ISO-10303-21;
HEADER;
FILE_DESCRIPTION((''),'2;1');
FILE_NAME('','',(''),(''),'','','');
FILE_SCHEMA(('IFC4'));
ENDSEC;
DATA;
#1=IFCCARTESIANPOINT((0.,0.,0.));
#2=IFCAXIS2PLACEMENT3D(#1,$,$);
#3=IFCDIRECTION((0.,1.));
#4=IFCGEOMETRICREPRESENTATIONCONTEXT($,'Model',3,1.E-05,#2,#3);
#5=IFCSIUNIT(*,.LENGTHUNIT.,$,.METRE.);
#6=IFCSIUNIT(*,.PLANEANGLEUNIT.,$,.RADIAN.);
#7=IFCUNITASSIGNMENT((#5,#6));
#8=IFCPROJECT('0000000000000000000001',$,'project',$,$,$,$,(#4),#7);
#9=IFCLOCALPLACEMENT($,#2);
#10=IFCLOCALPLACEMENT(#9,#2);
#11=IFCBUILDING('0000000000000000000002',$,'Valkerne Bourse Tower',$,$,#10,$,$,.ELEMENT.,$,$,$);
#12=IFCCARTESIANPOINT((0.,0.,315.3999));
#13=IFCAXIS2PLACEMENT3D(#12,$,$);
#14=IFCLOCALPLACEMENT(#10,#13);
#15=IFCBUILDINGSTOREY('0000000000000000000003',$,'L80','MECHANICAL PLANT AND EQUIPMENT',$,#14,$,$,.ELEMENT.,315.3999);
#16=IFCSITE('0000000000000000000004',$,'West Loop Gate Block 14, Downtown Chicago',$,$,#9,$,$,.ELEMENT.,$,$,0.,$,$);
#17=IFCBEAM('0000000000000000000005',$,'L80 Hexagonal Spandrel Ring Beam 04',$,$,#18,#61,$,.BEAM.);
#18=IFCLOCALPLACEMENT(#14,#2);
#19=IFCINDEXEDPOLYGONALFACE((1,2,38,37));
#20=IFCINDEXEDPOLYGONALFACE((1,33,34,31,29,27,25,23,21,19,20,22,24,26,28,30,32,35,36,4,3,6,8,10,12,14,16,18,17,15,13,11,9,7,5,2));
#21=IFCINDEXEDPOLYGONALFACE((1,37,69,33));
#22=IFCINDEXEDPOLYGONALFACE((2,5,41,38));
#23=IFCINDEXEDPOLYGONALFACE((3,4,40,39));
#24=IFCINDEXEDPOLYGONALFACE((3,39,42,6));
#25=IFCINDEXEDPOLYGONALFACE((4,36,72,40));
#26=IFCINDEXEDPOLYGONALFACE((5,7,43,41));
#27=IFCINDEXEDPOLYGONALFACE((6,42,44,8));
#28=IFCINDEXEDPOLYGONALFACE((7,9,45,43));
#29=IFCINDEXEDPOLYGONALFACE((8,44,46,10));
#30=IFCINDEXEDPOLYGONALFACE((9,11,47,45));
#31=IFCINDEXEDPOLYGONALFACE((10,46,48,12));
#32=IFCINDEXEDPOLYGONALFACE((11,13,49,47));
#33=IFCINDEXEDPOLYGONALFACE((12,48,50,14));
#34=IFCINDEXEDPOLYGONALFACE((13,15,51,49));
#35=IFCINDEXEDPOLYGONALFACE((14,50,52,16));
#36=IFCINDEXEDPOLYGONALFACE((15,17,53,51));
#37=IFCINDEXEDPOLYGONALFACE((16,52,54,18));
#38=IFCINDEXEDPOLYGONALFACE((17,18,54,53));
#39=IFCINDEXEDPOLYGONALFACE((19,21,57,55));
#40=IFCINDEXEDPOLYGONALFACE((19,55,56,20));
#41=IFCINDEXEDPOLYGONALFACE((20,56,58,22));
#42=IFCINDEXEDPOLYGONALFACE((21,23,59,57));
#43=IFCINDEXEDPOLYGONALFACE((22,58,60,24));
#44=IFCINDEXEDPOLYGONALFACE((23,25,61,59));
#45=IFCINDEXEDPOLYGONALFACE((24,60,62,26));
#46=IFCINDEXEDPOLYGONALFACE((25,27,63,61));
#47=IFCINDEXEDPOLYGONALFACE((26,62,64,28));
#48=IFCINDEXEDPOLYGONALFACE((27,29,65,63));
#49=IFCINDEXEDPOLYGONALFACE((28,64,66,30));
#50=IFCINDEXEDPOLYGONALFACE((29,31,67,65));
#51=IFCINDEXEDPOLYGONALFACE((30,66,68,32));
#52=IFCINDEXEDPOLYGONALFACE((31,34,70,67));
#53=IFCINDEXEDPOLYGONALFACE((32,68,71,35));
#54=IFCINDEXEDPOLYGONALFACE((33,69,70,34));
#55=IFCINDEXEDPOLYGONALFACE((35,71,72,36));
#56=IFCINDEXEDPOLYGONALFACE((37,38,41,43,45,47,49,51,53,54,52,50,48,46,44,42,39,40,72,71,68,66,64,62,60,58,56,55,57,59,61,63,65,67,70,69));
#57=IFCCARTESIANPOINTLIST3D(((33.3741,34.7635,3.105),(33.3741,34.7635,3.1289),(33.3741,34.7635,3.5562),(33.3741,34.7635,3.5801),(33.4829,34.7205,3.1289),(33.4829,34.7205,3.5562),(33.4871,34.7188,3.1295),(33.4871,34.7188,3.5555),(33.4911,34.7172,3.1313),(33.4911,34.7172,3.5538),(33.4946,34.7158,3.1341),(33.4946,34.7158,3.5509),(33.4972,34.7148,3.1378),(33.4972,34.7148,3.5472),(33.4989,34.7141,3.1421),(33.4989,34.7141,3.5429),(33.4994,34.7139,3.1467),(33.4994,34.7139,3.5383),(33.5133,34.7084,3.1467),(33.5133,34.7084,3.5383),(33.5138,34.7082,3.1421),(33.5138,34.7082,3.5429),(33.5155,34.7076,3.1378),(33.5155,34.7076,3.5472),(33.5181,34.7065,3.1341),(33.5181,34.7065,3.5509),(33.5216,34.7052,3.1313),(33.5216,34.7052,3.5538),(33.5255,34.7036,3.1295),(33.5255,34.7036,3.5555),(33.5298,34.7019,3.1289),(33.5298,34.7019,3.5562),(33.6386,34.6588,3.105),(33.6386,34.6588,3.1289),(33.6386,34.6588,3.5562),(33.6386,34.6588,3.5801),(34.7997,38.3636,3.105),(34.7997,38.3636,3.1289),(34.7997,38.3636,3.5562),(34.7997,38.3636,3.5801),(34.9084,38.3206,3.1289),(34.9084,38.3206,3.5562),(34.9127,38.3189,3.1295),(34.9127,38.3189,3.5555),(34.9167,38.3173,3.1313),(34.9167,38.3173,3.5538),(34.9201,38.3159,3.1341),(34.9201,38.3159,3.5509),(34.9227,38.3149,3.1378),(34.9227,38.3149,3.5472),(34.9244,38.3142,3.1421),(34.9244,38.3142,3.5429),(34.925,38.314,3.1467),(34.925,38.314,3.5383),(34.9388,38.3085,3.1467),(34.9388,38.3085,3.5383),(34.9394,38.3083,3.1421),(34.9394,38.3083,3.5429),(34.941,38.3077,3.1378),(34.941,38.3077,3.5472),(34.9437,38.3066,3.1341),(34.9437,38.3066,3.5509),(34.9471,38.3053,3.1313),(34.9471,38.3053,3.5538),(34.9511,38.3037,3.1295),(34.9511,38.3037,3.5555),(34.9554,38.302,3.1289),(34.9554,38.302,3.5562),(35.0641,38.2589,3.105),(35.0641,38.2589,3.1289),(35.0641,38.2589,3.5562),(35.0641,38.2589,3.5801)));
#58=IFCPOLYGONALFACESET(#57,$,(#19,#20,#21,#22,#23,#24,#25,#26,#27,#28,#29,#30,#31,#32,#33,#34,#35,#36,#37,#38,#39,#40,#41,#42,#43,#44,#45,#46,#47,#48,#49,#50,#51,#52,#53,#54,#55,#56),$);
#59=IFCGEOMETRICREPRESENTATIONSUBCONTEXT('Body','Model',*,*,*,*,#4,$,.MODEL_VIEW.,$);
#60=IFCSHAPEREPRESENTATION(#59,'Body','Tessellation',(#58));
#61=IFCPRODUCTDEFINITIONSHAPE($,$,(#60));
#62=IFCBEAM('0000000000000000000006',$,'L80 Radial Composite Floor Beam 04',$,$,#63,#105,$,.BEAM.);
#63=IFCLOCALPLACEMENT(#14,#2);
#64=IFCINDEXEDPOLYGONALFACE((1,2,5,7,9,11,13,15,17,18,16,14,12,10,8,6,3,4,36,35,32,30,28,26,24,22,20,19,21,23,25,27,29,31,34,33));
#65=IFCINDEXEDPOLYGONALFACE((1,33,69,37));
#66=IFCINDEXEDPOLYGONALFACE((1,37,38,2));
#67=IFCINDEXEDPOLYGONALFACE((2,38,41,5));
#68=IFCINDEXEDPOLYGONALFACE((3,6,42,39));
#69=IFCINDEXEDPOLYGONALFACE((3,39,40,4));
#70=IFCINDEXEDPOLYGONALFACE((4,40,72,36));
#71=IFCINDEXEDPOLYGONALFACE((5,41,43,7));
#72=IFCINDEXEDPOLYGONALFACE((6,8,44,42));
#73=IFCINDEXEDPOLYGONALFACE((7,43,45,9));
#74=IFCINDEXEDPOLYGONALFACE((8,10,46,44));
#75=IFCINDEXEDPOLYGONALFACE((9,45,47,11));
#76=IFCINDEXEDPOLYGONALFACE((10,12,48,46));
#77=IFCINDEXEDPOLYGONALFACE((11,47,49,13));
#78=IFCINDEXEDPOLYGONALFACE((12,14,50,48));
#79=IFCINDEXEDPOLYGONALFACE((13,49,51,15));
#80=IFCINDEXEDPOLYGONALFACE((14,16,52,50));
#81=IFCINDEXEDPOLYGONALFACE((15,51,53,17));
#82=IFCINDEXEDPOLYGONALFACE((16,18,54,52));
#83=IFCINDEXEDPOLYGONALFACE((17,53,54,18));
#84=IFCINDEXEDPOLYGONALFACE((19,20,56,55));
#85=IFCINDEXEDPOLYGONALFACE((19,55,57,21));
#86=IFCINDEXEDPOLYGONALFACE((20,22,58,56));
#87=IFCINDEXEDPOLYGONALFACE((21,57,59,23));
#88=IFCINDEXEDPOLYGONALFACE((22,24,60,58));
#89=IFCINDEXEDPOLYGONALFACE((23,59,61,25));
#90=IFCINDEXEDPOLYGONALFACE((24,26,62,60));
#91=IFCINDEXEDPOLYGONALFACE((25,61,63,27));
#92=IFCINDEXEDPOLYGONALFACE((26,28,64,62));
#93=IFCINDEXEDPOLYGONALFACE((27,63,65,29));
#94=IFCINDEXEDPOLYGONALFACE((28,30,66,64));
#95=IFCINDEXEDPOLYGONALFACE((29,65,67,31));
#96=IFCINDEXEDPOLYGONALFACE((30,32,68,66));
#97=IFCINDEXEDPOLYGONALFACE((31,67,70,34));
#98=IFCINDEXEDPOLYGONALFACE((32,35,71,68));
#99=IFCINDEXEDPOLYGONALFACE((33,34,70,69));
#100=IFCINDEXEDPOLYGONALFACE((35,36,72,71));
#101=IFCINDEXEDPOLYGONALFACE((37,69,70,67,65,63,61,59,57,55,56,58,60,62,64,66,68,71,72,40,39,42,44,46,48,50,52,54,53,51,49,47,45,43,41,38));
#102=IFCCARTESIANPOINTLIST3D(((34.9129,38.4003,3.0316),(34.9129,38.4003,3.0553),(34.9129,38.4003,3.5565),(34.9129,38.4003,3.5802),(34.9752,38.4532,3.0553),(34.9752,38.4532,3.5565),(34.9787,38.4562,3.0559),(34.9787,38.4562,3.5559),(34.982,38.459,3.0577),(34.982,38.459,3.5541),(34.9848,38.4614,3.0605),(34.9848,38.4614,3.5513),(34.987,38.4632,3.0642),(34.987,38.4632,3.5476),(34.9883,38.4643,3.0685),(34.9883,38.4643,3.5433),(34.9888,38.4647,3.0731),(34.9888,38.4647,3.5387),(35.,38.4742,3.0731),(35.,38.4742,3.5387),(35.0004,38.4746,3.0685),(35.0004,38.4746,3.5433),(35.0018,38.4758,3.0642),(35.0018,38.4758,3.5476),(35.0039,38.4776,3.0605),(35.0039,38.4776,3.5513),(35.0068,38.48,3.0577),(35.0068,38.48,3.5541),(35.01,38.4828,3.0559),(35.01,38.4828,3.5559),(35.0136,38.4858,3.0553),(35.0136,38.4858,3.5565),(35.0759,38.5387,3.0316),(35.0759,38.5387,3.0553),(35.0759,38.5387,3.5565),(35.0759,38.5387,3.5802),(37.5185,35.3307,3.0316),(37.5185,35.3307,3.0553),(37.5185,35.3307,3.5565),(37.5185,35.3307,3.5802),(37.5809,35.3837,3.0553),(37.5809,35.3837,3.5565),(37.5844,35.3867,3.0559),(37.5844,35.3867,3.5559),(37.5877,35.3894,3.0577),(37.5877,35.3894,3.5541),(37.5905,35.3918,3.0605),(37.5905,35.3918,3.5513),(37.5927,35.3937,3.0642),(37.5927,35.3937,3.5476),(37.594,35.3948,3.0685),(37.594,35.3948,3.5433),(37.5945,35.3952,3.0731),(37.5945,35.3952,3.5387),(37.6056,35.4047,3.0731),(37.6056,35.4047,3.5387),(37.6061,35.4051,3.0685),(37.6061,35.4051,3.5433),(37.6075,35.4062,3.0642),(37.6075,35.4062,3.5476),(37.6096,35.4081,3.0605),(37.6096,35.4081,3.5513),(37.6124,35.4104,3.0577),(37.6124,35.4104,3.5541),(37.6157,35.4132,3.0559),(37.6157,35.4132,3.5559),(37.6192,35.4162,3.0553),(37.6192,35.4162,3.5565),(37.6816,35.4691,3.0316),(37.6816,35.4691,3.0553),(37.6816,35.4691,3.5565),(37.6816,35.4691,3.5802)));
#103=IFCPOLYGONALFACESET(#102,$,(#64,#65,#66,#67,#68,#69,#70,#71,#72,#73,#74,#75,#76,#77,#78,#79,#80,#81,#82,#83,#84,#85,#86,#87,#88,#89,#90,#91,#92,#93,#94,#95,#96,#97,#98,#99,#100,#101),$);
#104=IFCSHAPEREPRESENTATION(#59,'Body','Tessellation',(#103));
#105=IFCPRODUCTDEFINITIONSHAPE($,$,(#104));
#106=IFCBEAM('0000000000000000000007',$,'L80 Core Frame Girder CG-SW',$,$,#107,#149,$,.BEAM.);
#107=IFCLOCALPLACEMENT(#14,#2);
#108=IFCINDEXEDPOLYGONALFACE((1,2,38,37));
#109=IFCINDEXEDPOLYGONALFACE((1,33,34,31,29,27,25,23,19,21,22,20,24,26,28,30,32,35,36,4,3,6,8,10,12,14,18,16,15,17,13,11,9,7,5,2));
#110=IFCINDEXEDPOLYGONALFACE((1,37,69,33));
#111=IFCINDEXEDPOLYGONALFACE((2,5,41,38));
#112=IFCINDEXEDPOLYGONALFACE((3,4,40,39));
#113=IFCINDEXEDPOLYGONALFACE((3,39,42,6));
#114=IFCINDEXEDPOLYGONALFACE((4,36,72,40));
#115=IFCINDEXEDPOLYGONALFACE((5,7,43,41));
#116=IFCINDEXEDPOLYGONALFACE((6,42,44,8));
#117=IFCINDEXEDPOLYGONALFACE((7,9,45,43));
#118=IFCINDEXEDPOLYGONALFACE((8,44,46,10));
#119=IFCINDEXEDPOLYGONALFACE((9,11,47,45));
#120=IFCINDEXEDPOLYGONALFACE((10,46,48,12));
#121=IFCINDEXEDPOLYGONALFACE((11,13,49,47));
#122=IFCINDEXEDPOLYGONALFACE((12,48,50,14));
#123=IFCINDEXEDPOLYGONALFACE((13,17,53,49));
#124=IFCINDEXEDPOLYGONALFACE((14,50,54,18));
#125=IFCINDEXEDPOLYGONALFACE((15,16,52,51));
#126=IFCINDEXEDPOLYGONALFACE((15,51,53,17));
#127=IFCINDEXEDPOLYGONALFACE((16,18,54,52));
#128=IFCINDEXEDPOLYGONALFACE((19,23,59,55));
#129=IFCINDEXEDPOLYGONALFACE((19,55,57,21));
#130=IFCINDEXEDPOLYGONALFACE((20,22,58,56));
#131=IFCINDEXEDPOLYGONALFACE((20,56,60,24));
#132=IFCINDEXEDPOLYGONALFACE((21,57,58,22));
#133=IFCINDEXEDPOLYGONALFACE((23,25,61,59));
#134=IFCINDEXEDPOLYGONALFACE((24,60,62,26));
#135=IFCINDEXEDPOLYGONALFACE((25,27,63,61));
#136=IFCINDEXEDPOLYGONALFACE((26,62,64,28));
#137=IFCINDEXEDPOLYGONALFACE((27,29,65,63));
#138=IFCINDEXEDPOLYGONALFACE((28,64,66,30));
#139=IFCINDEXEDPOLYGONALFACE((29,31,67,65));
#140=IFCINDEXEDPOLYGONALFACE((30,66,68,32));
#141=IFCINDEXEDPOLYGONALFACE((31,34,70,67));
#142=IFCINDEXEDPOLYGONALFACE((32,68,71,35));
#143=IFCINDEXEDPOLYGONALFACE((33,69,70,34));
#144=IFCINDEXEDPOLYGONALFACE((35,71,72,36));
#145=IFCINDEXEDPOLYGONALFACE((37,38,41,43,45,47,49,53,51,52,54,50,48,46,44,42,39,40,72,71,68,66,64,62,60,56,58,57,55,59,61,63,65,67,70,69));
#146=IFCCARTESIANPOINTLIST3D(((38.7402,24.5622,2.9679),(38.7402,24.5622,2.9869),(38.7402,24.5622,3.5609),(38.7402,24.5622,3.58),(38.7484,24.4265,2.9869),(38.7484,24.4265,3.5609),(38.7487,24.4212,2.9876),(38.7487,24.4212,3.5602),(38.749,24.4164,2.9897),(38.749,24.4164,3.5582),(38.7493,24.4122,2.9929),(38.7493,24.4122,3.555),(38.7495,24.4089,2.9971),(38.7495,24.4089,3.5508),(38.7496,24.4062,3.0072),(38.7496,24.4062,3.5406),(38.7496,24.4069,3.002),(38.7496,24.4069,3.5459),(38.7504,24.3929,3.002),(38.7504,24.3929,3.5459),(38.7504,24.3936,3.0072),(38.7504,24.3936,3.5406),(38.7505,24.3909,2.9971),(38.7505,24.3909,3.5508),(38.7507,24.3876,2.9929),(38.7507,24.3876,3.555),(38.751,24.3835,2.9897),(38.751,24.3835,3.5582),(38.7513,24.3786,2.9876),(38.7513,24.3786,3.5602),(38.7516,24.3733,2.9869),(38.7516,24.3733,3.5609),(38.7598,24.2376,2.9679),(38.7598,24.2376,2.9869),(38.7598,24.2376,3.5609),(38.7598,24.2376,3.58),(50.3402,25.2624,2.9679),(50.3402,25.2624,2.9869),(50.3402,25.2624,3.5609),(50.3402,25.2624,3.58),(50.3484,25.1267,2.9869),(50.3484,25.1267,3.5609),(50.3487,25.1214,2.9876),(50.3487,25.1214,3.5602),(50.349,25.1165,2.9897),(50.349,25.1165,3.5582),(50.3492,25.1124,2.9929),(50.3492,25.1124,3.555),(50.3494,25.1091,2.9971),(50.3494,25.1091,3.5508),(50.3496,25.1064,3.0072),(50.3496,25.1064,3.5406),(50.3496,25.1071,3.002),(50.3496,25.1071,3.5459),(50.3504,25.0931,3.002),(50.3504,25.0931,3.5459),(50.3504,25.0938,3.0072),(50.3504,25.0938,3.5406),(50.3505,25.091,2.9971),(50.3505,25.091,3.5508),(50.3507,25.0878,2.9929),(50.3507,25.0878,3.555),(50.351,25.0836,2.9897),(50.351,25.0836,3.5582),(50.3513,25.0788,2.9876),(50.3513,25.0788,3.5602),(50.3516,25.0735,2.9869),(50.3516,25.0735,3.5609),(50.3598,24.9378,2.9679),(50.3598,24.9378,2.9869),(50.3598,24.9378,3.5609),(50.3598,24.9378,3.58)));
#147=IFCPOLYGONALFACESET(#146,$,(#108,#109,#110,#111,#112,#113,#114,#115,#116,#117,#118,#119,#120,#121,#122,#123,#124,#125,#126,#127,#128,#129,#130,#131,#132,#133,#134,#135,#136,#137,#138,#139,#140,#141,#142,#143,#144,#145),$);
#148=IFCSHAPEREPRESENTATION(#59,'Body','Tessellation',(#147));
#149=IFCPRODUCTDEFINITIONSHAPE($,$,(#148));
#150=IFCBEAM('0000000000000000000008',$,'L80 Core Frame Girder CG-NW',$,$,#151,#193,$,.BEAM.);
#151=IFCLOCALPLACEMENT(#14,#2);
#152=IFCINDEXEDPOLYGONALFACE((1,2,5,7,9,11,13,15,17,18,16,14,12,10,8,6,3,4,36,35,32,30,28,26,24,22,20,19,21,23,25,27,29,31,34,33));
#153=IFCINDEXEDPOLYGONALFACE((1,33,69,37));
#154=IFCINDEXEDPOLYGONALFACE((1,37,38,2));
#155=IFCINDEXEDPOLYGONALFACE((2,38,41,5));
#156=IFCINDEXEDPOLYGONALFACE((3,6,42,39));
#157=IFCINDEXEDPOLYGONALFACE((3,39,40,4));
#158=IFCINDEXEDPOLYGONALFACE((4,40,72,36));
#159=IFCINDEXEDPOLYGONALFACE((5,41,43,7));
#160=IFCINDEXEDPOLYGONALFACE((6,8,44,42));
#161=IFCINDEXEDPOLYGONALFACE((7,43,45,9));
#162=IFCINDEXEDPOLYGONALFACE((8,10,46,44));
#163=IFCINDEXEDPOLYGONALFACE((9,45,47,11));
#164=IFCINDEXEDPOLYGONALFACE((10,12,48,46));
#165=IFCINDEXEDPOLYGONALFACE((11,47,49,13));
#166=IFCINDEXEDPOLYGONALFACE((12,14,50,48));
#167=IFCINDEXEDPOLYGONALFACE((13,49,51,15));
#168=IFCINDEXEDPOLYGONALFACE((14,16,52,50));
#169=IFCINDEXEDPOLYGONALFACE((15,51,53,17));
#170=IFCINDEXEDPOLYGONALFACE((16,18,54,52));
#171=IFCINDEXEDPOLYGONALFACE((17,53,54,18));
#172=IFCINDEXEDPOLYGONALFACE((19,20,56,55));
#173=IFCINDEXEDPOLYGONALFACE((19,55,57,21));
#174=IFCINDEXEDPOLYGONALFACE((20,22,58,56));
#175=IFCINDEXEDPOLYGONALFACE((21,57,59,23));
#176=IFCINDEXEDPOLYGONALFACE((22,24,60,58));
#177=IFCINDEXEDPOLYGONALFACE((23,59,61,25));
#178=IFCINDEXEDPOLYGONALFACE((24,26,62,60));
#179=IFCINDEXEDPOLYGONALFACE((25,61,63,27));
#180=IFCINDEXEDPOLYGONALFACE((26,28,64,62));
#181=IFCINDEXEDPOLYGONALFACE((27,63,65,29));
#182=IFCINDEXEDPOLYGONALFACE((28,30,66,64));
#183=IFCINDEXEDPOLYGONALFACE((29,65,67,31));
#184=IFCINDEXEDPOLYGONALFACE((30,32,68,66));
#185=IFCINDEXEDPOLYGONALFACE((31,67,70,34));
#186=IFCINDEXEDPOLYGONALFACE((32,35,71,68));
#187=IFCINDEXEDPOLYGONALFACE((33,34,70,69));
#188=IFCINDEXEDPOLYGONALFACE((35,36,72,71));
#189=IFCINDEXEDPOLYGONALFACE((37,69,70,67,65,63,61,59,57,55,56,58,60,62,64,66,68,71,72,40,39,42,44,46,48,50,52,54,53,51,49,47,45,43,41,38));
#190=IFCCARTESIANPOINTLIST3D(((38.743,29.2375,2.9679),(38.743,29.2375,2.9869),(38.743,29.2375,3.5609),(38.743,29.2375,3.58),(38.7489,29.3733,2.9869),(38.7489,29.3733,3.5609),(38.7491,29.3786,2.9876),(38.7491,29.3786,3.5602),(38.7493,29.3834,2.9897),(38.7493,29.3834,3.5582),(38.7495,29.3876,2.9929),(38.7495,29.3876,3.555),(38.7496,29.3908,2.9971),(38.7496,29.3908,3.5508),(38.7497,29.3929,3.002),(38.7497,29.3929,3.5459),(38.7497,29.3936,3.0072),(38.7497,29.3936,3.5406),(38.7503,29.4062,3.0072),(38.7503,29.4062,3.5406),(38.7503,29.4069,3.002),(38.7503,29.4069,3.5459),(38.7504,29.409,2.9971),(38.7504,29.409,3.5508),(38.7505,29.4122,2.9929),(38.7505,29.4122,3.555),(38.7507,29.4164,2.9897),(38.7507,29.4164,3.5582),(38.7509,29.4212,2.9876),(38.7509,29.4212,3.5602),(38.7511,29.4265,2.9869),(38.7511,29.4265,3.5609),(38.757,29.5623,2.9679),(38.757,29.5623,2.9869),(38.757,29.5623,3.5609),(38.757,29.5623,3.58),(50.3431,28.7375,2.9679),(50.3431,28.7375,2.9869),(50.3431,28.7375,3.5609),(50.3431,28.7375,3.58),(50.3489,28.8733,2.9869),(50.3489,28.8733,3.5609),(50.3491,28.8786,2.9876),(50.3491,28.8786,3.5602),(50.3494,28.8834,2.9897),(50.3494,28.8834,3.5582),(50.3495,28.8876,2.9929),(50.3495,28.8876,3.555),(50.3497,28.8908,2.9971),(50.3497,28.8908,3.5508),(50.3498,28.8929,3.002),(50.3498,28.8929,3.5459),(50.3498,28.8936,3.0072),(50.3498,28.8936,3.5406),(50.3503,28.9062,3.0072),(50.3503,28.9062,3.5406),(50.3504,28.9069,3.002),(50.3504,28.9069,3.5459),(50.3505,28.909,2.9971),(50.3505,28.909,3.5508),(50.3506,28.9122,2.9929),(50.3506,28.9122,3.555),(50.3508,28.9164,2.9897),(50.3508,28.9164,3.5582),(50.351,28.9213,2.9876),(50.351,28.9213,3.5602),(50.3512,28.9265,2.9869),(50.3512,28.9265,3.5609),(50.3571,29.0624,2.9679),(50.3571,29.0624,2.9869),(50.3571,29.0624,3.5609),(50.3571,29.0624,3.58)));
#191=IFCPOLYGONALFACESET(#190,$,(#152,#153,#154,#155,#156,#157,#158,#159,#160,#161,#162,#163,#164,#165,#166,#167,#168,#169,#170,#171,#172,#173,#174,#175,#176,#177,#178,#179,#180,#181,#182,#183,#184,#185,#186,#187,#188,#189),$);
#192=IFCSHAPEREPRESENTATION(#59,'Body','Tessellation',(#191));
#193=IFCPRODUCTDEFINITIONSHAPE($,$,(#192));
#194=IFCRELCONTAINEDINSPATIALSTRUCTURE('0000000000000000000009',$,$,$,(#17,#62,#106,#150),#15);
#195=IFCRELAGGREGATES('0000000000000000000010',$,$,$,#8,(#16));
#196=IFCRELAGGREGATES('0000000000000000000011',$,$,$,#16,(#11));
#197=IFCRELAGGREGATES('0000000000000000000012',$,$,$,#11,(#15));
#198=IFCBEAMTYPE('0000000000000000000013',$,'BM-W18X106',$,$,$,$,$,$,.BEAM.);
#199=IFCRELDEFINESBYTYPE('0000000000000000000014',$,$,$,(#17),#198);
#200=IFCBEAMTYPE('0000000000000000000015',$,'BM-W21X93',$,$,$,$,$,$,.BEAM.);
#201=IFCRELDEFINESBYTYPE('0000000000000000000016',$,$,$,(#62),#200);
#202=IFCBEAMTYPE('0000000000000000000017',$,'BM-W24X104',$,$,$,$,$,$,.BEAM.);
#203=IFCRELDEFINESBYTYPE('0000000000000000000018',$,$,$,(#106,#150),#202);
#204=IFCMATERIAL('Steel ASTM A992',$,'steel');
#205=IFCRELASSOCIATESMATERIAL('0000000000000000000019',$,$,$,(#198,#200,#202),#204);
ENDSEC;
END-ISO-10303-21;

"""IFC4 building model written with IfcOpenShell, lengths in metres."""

from ifc_helpers import new_model, si_unit, direction, frame, origin, origin_2d, place, context, subcontext, project, spatial, i_section, extrude, material, material_profile, profile_set, type_object, element, save


model = new_model("IFC4")

# Units and contexts
model_context = context("Model", 3, precision=1e-05, world=origin(), true_north=direction((0.0, 1.0)))
body_context = subcontext(model_context, "Body", "Model", "MODEL_VIEW")
ifc_project = project(units=[si_unit("LENGTHUNIT", "METRE"), si_unit("PLANEANGLEUNIT", "RADIAN")], contexts=[model_context])

# Site, building, storey
site_placement = place(None, origin())
site = spatial("IfcSite", under=ifc_project, at=site_placement, Name="West Loop Gate Block 14, Downtown Chicago", CompositionType="ELEMENT", RefElevation=0.0)
building_placement = place(site_placement, origin())
building = spatial("IfcBuilding", under=site, at=building_placement, Name="Valkerne Bourse Tower", CompositionType="ELEMENT")
storey_placement = place(building_placement, frame((0.0, 0.0, 315.3999)))
storey = spatial("IfcBuildingStorey", under=building, at=storey_placement, Name="L80", Description="MECHANICAL PLANT AND EQUIPMENT", CompositionType="ELEMENT", Elevation=315.3999)

# Beams
ifc_material_1 = material(Name="Steel ASTM A992", Category="steel")
ifc_material_profile_1 = material_profile(ifc_material_1, i_section(OverallWidth=0.2844, OverallDepth=0.4751, WebThickness=0.0149, FlangeThickness=0.0239, FilletRadius=0.0178, at=origin_2d()), Name="W18X106")
ifc_profile_set_1 = profile_set([ifc_material_profile_1], Name="Steel ASTM A992")
beam_type_1 = type_object("IfcBeamType", Name="BM-W18X106", PredefinedType="BEAM", material=ifc_profile_set_1)
beam_1_placement = place(storey_placement, frame((34.9319, 38.3113, 3.3425), z_axis=(-0.36816, -0.929763, 0.0), x_axis=(0.929763, -0.36816, 0.0)))
element("IfcBeam", 1, at=beam_1_placement, inside=storey, type_object=beam_type_1, Name="L80 Hexagonal Spandrel Ring Beam 04", PredefinedType="BEAM", context=body_context, shape_type="SweptSolid", body=[
    extrude(i_section(OverallWidth=0.2844, OverallDepth=0.4751, WebThickness=0.0149, FlangeThickness=0.0239, FilletRadius=0.0178, at=origin_2d()), origin(), (0.0, 0.0, 1.0), 3.8721),
])
ifc_material_profile_2 = material_profile(ifc_material_1, i_section(OverallWidth=0.2139, OverallDepth=0.5486, WebThickness=0.0146, FlangeThickness=0.0237, FilletRadius=0.0178, at=origin_2d()), Name="W21X93")
ifc_profile_set_2 = profile_set([ifc_material_profile_2], Name="Steel ASTM A992")
beam_type_2 = type_object("IfcBeamType", Name="BM-W21X93", PredefinedType="BEAM", material=ifc_profile_set_2)
beam_2_placement = place(storey_placement, frame((34.9944, 38.4695, 3.3059), z_axis=(0.647154, -0.76236, 0.0), x_axis=(0.76236, 0.647154, 0.0)))
element("IfcBeam", 2, at=beam_2_placement, inside=storey, type_object=beam_type_2, Name="L80 Radial Composite Floor Beam 04", PredefinedType="BEAM", context=body_context, shape_type="SweptSolid", body=[
    extrude(i_section(OverallWidth=0.2139, OverallDepth=0.5486, WebThickness=0.0146, FlangeThickness=0.0237, FilletRadius=0.0178, at=origin_2d()), origin(), (0.0, 0.0, 1.0), 4.0264),
])
ifc_material_profile_3 = material_profile(ifc_material_1, i_section(OverallWidth=0.3252, OverallDepth=0.6121, WebThickness=0.0127, FlangeThickness=0.019, FilletRadius=0.0203, at=origin_2d()), Name="W24X104")
ifc_profile_set_3 = profile_set([ifc_material_profile_3], Name="Steel ASTM A992")
beam_type_3 = type_object("IfcBeamType", Name="BM-W24X104", PredefinedType="BEAM", material=ifc_profile_set_3)
beam_3_placement = place(storey_placement, frame((38.75, 24.3999, 3.2739), z_axis=(0.998183, 0.060251, 0.0), x_axis=(-0.060251, 0.998183, 0.0)))
element("IfcBeam", 3, at=beam_3_placement, inside=storey, type_object=beam_type_3, Name="L80 Core Frame Girder CG-SW", PredefinedType="BEAM", context=body_context, shape_type="SweptSolid", body=[
    extrude(i_section(OverallWidth=0.3252, OverallDepth=0.6121, WebThickness=0.0127, FlangeThickness=0.019, FilletRadius=0.0203, at=origin_2d()), origin(), (0.0, 0.0, 1.0), 11.6211),
])
beam_4_placement = place(storey_placement, frame((38.75, 29.3999, 3.2739), z_axis=(0.999072, -0.043063, 0.0), x_axis=(0.043063, 0.999072, 0.0)))
element("IfcBeam", 4, at=beam_4_placement, inside=storey, type_object=beam_type_3, Name="L80 Core Frame Girder CG-NW", PredefinedType="BEAM", context=body_context, shape_type="SweptSolid", body=[
    extrude(i_section(OverallWidth=0.3252, OverallDepth=0.6121, WebThickness=0.0127, FlangeThickness=0.019, FilletRadius=0.0203, at=origin_2d()), origin(), (0.0, 0.0, 1.0), 11.6108),
])

save(model, "model.ifc")
